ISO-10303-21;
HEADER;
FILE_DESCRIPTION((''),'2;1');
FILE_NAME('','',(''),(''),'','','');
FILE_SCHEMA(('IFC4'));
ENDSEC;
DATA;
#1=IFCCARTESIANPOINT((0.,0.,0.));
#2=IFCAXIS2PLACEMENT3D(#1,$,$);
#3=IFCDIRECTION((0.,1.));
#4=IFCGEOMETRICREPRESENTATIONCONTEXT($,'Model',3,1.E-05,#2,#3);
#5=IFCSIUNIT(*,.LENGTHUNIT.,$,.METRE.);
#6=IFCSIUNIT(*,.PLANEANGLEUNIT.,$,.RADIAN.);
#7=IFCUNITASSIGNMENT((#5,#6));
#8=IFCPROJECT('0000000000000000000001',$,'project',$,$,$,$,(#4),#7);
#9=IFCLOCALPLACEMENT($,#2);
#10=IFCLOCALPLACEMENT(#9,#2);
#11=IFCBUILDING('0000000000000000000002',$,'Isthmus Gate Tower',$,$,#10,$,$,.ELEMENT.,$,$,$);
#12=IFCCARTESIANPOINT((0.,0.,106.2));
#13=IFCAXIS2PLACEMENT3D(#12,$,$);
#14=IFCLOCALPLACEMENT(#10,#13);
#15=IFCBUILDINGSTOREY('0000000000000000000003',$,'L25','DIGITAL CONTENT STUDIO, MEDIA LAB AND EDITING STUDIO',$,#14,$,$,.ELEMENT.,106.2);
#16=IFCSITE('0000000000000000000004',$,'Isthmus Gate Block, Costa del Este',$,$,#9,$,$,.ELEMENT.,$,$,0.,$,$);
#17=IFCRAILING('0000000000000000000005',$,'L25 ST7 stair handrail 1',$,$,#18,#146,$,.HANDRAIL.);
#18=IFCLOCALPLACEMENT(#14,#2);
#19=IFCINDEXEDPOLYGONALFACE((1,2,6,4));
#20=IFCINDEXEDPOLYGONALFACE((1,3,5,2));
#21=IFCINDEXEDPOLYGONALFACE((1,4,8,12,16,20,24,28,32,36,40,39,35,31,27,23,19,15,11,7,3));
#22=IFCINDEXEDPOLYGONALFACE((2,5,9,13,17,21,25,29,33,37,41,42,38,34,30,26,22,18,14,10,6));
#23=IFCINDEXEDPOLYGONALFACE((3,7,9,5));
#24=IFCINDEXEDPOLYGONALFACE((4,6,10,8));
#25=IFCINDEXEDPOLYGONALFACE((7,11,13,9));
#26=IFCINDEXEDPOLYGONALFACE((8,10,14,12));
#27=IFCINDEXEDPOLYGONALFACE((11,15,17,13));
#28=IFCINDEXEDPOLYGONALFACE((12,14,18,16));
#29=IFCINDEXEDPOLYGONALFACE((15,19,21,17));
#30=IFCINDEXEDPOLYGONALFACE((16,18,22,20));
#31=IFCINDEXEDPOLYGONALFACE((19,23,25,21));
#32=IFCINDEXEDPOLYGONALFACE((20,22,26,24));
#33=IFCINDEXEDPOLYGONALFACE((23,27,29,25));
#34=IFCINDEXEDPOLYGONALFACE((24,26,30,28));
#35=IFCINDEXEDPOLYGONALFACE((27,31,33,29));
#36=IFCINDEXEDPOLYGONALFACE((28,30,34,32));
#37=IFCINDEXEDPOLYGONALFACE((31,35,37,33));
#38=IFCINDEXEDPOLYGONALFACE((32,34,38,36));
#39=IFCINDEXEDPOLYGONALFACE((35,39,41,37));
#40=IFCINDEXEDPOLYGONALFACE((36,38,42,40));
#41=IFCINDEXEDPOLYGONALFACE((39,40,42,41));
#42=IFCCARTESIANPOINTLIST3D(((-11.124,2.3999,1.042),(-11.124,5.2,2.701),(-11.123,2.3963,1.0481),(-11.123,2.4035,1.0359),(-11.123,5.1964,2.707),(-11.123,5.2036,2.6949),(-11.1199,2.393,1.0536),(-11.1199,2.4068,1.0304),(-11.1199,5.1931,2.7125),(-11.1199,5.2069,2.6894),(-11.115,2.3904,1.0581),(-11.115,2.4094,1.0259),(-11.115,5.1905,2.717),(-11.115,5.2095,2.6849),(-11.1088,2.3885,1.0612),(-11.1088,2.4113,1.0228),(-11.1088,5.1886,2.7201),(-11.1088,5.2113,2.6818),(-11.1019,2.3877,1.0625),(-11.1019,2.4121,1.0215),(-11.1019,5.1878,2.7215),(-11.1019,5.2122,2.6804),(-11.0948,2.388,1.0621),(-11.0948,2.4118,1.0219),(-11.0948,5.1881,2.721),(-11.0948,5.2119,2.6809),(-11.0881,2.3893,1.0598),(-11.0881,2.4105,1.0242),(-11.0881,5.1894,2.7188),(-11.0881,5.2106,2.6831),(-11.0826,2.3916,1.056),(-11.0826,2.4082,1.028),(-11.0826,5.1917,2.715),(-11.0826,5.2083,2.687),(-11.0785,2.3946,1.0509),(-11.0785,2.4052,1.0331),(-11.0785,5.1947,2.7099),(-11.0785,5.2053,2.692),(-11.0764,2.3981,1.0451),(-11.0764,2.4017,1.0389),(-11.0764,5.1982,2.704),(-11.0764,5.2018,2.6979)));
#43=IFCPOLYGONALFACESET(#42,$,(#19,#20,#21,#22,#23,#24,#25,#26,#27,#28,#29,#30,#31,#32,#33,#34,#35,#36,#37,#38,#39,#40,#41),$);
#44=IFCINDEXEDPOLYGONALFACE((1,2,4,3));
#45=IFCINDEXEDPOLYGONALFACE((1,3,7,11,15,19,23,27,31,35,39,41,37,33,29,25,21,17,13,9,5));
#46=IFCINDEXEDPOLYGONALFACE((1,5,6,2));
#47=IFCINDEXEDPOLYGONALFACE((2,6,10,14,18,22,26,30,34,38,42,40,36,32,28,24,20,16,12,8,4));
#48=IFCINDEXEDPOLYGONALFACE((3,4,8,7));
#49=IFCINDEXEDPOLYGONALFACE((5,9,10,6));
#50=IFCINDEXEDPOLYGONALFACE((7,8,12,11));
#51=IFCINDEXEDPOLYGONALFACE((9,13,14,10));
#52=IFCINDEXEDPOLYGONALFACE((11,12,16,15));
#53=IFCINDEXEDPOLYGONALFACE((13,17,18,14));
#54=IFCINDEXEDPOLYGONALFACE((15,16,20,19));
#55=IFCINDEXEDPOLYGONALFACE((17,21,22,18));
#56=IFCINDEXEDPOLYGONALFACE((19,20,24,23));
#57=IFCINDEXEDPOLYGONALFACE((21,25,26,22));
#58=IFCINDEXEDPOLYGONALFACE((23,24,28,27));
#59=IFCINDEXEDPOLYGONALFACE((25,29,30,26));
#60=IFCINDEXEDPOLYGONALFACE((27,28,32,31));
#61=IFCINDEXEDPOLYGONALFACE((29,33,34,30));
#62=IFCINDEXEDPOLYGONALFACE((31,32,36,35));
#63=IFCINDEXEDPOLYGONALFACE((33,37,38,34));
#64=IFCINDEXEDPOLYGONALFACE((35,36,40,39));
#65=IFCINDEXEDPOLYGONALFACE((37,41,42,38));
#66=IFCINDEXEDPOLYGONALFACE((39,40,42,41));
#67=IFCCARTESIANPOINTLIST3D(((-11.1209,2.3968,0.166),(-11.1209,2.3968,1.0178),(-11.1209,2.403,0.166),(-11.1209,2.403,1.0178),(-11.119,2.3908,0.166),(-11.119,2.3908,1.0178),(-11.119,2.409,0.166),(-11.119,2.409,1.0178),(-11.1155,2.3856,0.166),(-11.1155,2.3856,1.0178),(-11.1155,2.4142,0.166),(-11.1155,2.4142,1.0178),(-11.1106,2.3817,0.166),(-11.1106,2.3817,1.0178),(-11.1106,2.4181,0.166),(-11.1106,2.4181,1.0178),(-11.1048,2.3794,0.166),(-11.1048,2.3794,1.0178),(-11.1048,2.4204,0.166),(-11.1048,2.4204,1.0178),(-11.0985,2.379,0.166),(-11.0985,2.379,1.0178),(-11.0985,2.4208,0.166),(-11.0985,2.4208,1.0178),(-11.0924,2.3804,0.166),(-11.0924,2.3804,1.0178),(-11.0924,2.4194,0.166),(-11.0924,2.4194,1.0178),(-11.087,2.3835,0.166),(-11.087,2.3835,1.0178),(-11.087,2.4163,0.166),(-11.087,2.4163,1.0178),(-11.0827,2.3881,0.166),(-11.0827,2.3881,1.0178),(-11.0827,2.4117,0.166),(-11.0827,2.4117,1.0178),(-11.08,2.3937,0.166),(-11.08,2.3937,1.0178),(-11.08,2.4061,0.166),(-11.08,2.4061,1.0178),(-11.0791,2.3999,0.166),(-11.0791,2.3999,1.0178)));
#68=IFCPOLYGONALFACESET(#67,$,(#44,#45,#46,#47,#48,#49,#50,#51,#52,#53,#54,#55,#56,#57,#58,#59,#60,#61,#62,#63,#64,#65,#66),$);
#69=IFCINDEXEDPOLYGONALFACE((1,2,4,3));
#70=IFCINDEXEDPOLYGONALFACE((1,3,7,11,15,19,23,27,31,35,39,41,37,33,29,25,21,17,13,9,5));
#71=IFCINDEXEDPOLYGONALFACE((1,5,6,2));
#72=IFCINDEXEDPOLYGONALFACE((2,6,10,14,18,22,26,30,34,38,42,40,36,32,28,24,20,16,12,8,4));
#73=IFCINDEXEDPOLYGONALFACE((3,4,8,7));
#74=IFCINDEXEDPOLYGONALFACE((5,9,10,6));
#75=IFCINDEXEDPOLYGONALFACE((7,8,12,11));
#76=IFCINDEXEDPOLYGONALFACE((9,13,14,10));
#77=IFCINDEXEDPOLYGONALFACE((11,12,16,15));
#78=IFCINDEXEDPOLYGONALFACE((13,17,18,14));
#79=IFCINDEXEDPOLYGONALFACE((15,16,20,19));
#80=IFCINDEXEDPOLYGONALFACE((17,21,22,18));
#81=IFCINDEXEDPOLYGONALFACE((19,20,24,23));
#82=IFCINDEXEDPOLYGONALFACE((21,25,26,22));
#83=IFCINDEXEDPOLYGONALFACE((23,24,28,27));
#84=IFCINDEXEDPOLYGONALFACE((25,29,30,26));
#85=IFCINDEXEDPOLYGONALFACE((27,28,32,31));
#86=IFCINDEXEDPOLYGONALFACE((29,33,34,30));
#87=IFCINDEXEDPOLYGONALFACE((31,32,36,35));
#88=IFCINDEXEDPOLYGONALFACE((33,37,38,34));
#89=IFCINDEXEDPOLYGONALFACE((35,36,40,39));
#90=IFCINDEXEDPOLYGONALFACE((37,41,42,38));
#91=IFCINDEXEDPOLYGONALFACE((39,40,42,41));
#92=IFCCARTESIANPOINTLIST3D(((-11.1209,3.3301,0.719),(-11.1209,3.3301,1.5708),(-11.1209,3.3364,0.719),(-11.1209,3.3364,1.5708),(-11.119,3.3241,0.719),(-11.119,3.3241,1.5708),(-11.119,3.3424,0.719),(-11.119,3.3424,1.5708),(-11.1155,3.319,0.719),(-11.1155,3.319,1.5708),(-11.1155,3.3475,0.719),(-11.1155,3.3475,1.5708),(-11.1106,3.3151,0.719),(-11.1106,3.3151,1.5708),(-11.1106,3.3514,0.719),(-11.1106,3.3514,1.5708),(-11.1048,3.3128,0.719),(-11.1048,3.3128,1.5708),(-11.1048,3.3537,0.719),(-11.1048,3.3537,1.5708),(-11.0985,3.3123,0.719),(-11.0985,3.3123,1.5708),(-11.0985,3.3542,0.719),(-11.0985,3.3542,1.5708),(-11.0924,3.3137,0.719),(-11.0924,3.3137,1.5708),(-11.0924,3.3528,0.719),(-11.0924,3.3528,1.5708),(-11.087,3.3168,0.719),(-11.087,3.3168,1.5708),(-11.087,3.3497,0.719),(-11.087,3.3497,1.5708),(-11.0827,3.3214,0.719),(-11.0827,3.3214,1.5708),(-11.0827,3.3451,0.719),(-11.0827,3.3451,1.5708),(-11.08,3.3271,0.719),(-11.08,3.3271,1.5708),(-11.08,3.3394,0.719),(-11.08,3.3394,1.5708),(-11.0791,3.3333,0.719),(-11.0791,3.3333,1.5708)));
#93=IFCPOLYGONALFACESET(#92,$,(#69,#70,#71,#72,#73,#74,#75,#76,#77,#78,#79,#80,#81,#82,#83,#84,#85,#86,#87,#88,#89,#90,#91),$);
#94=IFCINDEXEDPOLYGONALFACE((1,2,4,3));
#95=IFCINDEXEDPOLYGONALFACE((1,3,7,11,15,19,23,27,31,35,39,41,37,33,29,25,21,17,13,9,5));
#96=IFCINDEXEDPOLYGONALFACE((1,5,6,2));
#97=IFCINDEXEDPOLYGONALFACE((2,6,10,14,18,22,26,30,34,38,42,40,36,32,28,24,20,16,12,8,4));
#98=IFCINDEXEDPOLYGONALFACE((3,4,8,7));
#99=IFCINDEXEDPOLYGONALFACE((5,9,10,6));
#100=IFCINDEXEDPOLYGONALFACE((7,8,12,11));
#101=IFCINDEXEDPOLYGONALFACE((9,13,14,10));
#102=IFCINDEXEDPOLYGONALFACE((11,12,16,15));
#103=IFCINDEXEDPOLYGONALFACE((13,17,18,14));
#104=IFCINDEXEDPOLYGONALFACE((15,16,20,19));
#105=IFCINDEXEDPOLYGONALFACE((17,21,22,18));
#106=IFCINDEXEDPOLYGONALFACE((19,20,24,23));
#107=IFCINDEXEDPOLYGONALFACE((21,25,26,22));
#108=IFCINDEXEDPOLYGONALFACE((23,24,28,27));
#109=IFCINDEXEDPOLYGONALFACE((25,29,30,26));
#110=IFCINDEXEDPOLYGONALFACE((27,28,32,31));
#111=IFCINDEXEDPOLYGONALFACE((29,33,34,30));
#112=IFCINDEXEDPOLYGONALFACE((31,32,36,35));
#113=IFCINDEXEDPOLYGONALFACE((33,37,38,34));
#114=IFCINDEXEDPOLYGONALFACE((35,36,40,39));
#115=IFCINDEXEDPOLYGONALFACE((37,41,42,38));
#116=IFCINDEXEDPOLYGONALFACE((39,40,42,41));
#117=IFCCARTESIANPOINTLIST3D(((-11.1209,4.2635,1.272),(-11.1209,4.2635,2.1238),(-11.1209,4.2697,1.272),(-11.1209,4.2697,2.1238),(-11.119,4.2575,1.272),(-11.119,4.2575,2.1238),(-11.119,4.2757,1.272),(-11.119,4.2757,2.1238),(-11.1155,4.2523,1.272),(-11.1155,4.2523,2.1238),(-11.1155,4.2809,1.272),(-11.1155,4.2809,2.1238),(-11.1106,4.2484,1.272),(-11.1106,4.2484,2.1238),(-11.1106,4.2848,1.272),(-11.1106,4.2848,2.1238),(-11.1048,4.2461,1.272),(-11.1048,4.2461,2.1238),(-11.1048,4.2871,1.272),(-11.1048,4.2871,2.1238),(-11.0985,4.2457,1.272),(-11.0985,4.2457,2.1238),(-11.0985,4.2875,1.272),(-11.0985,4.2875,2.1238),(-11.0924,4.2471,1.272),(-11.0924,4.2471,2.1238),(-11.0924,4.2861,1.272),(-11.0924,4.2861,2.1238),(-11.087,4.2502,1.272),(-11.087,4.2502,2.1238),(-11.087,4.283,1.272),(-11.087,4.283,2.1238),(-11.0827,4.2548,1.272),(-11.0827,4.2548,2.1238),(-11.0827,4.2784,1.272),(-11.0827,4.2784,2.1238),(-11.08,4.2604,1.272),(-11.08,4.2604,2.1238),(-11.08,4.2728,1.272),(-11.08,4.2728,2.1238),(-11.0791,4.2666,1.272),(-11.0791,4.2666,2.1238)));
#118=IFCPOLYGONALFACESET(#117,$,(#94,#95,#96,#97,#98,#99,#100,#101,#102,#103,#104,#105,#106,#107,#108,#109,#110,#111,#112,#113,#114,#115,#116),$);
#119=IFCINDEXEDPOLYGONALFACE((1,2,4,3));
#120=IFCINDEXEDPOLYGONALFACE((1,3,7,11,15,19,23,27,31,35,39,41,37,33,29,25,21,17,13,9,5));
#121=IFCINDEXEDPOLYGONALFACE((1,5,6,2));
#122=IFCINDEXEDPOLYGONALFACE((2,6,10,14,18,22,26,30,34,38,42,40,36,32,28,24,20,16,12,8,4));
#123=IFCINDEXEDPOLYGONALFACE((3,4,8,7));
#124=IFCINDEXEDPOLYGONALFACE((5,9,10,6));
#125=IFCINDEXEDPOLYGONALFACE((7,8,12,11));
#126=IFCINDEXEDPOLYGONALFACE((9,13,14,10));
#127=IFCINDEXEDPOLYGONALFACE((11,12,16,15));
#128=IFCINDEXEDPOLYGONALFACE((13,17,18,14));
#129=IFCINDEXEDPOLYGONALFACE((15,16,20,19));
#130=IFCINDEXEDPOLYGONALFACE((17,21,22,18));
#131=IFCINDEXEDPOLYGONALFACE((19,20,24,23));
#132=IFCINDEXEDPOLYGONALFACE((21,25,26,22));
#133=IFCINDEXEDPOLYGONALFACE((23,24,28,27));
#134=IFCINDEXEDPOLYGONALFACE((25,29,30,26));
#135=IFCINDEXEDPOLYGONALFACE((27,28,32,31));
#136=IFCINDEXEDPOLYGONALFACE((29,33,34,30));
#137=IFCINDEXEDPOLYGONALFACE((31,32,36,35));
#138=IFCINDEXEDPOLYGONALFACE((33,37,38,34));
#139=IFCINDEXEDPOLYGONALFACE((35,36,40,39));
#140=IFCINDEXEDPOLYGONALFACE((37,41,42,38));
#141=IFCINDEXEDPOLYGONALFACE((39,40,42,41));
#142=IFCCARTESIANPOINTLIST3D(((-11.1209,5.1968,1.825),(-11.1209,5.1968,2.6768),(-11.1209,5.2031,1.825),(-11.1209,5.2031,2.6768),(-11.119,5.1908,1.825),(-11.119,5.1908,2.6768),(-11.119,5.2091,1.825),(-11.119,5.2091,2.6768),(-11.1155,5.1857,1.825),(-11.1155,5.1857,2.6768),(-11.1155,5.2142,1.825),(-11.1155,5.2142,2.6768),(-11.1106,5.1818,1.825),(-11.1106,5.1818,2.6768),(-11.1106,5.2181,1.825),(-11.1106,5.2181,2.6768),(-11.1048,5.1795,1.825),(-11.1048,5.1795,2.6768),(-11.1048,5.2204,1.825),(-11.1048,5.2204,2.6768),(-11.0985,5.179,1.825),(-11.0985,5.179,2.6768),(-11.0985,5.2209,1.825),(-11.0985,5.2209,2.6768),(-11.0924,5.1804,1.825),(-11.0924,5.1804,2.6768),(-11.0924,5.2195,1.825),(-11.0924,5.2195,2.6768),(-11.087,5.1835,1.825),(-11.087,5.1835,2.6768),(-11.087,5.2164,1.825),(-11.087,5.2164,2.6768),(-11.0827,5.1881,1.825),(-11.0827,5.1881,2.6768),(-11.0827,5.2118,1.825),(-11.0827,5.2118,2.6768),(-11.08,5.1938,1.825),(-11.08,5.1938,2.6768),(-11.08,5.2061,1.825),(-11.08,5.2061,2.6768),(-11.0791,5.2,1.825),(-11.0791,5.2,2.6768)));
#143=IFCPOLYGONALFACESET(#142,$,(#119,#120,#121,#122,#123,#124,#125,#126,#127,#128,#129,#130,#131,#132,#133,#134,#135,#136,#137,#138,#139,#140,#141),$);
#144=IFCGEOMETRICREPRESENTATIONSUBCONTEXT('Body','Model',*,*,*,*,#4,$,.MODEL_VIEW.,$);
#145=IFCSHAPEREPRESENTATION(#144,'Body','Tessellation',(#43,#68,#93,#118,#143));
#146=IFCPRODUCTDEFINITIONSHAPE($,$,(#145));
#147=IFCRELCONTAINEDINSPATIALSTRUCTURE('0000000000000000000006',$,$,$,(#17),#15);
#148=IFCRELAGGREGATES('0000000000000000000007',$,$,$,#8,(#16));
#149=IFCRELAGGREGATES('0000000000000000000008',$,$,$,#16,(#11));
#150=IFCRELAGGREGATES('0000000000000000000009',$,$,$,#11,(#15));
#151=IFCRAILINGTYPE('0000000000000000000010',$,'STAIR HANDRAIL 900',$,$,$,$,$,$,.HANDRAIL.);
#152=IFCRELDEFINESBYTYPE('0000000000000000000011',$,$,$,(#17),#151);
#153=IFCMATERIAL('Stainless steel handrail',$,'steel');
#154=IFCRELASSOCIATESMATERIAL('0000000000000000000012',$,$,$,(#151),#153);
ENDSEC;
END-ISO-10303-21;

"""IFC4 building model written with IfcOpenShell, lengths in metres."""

from ifc_helpers import new_model, si_unit, direction, frame, origin, origin_2d, place, context, subcontext, project, spatial, circle, extrude, material, type_object, element, save


model = new_model("IFC4")

# Units and contexts
model_context = context("Model", 3, precision=1e-05, world=origin(), true_north=direction((0.0, 1.0)))
body_context = subcontext(model_context, "Body", "Model", "MODEL_VIEW")
ifc_project = project(units=[si_unit("LENGTHUNIT", "METRE"), si_unit("PLANEANGLEUNIT", "RADIAN")], contexts=[model_context])

# Site, building, storey
site_placement = place(None, origin())
site = spatial("IfcSite", under=ifc_project, at=site_placement, Name="Isthmus Gate Block, Costa del Este", CompositionType="ELEMENT", RefElevation=0.0)
building_placement = place(site_placement, origin())
building = spatial("IfcBuilding", under=site, at=building_placement, Name="Isthmus Gate Tower", CompositionType="ELEMENT")
storey_placement = place(building_placement, frame((0.0, 0.0, 106.2)))
storey = spatial("IfcBuildingStorey", under=building, at=storey_placement, Name="L25", Description="DIGITAL CONTENT STUDIO, MEDIA LAB AND EDITING STUDIO", CompositionType="ELEMENT", Elevation=106.2)

# Railing
ifc_material_1 = material(Name="Stainless steel handrail", Category="steel")
railing_type_1 = type_object("IfcRailingType", Name="STAIR HANDRAIL 900", PredefinedType="HANDRAIL", material=ifc_material_1)
railing_1_placement = place(storey_placement, frame((-11.1001, 2.3999, 0.166)))
element("IfcRailing", 1, at=railing_1_placement, inside=storey, type_object=railing_type_1, Name="L25 ST7 stair handrail 1", PredefinedType="HANDRAIL", context=body_context, shape_type="SweptSolid", body=[
    extrude(circle(Radius=0.0239, at=origin_2d()), frame((0.0, 0.0, 0.876), z_axis=(0.0, 0.860339, 0.509722), x_axis=(-1.0, 0.0, 0.0)), (0.0, 0.0, 1.0), 3.2546),
    extrude(circle(Radius=0.021, at=origin_2d()), origin(), (0.0, 0.0, 1.0), 0.8518),
    extrude(circle(Radius=0.021, at=origin_2d()), frame((0.0, 0.9333, 0.553)), (0.0, 0.0, 1.0), 0.8518),
    extrude(circle(Radius=0.021, at=origin_2d()), frame((0.0, 1.8667, 1.106)), (0.0, 0.0, 1.0), 0.8518),
    extrude(circle(Radius=0.021, at=origin_2d()), frame((0.0, 2.8, 1.6589)), (0.0, 0.0, 1.0), 0.8518),
])

save(model, "model.ifc")
